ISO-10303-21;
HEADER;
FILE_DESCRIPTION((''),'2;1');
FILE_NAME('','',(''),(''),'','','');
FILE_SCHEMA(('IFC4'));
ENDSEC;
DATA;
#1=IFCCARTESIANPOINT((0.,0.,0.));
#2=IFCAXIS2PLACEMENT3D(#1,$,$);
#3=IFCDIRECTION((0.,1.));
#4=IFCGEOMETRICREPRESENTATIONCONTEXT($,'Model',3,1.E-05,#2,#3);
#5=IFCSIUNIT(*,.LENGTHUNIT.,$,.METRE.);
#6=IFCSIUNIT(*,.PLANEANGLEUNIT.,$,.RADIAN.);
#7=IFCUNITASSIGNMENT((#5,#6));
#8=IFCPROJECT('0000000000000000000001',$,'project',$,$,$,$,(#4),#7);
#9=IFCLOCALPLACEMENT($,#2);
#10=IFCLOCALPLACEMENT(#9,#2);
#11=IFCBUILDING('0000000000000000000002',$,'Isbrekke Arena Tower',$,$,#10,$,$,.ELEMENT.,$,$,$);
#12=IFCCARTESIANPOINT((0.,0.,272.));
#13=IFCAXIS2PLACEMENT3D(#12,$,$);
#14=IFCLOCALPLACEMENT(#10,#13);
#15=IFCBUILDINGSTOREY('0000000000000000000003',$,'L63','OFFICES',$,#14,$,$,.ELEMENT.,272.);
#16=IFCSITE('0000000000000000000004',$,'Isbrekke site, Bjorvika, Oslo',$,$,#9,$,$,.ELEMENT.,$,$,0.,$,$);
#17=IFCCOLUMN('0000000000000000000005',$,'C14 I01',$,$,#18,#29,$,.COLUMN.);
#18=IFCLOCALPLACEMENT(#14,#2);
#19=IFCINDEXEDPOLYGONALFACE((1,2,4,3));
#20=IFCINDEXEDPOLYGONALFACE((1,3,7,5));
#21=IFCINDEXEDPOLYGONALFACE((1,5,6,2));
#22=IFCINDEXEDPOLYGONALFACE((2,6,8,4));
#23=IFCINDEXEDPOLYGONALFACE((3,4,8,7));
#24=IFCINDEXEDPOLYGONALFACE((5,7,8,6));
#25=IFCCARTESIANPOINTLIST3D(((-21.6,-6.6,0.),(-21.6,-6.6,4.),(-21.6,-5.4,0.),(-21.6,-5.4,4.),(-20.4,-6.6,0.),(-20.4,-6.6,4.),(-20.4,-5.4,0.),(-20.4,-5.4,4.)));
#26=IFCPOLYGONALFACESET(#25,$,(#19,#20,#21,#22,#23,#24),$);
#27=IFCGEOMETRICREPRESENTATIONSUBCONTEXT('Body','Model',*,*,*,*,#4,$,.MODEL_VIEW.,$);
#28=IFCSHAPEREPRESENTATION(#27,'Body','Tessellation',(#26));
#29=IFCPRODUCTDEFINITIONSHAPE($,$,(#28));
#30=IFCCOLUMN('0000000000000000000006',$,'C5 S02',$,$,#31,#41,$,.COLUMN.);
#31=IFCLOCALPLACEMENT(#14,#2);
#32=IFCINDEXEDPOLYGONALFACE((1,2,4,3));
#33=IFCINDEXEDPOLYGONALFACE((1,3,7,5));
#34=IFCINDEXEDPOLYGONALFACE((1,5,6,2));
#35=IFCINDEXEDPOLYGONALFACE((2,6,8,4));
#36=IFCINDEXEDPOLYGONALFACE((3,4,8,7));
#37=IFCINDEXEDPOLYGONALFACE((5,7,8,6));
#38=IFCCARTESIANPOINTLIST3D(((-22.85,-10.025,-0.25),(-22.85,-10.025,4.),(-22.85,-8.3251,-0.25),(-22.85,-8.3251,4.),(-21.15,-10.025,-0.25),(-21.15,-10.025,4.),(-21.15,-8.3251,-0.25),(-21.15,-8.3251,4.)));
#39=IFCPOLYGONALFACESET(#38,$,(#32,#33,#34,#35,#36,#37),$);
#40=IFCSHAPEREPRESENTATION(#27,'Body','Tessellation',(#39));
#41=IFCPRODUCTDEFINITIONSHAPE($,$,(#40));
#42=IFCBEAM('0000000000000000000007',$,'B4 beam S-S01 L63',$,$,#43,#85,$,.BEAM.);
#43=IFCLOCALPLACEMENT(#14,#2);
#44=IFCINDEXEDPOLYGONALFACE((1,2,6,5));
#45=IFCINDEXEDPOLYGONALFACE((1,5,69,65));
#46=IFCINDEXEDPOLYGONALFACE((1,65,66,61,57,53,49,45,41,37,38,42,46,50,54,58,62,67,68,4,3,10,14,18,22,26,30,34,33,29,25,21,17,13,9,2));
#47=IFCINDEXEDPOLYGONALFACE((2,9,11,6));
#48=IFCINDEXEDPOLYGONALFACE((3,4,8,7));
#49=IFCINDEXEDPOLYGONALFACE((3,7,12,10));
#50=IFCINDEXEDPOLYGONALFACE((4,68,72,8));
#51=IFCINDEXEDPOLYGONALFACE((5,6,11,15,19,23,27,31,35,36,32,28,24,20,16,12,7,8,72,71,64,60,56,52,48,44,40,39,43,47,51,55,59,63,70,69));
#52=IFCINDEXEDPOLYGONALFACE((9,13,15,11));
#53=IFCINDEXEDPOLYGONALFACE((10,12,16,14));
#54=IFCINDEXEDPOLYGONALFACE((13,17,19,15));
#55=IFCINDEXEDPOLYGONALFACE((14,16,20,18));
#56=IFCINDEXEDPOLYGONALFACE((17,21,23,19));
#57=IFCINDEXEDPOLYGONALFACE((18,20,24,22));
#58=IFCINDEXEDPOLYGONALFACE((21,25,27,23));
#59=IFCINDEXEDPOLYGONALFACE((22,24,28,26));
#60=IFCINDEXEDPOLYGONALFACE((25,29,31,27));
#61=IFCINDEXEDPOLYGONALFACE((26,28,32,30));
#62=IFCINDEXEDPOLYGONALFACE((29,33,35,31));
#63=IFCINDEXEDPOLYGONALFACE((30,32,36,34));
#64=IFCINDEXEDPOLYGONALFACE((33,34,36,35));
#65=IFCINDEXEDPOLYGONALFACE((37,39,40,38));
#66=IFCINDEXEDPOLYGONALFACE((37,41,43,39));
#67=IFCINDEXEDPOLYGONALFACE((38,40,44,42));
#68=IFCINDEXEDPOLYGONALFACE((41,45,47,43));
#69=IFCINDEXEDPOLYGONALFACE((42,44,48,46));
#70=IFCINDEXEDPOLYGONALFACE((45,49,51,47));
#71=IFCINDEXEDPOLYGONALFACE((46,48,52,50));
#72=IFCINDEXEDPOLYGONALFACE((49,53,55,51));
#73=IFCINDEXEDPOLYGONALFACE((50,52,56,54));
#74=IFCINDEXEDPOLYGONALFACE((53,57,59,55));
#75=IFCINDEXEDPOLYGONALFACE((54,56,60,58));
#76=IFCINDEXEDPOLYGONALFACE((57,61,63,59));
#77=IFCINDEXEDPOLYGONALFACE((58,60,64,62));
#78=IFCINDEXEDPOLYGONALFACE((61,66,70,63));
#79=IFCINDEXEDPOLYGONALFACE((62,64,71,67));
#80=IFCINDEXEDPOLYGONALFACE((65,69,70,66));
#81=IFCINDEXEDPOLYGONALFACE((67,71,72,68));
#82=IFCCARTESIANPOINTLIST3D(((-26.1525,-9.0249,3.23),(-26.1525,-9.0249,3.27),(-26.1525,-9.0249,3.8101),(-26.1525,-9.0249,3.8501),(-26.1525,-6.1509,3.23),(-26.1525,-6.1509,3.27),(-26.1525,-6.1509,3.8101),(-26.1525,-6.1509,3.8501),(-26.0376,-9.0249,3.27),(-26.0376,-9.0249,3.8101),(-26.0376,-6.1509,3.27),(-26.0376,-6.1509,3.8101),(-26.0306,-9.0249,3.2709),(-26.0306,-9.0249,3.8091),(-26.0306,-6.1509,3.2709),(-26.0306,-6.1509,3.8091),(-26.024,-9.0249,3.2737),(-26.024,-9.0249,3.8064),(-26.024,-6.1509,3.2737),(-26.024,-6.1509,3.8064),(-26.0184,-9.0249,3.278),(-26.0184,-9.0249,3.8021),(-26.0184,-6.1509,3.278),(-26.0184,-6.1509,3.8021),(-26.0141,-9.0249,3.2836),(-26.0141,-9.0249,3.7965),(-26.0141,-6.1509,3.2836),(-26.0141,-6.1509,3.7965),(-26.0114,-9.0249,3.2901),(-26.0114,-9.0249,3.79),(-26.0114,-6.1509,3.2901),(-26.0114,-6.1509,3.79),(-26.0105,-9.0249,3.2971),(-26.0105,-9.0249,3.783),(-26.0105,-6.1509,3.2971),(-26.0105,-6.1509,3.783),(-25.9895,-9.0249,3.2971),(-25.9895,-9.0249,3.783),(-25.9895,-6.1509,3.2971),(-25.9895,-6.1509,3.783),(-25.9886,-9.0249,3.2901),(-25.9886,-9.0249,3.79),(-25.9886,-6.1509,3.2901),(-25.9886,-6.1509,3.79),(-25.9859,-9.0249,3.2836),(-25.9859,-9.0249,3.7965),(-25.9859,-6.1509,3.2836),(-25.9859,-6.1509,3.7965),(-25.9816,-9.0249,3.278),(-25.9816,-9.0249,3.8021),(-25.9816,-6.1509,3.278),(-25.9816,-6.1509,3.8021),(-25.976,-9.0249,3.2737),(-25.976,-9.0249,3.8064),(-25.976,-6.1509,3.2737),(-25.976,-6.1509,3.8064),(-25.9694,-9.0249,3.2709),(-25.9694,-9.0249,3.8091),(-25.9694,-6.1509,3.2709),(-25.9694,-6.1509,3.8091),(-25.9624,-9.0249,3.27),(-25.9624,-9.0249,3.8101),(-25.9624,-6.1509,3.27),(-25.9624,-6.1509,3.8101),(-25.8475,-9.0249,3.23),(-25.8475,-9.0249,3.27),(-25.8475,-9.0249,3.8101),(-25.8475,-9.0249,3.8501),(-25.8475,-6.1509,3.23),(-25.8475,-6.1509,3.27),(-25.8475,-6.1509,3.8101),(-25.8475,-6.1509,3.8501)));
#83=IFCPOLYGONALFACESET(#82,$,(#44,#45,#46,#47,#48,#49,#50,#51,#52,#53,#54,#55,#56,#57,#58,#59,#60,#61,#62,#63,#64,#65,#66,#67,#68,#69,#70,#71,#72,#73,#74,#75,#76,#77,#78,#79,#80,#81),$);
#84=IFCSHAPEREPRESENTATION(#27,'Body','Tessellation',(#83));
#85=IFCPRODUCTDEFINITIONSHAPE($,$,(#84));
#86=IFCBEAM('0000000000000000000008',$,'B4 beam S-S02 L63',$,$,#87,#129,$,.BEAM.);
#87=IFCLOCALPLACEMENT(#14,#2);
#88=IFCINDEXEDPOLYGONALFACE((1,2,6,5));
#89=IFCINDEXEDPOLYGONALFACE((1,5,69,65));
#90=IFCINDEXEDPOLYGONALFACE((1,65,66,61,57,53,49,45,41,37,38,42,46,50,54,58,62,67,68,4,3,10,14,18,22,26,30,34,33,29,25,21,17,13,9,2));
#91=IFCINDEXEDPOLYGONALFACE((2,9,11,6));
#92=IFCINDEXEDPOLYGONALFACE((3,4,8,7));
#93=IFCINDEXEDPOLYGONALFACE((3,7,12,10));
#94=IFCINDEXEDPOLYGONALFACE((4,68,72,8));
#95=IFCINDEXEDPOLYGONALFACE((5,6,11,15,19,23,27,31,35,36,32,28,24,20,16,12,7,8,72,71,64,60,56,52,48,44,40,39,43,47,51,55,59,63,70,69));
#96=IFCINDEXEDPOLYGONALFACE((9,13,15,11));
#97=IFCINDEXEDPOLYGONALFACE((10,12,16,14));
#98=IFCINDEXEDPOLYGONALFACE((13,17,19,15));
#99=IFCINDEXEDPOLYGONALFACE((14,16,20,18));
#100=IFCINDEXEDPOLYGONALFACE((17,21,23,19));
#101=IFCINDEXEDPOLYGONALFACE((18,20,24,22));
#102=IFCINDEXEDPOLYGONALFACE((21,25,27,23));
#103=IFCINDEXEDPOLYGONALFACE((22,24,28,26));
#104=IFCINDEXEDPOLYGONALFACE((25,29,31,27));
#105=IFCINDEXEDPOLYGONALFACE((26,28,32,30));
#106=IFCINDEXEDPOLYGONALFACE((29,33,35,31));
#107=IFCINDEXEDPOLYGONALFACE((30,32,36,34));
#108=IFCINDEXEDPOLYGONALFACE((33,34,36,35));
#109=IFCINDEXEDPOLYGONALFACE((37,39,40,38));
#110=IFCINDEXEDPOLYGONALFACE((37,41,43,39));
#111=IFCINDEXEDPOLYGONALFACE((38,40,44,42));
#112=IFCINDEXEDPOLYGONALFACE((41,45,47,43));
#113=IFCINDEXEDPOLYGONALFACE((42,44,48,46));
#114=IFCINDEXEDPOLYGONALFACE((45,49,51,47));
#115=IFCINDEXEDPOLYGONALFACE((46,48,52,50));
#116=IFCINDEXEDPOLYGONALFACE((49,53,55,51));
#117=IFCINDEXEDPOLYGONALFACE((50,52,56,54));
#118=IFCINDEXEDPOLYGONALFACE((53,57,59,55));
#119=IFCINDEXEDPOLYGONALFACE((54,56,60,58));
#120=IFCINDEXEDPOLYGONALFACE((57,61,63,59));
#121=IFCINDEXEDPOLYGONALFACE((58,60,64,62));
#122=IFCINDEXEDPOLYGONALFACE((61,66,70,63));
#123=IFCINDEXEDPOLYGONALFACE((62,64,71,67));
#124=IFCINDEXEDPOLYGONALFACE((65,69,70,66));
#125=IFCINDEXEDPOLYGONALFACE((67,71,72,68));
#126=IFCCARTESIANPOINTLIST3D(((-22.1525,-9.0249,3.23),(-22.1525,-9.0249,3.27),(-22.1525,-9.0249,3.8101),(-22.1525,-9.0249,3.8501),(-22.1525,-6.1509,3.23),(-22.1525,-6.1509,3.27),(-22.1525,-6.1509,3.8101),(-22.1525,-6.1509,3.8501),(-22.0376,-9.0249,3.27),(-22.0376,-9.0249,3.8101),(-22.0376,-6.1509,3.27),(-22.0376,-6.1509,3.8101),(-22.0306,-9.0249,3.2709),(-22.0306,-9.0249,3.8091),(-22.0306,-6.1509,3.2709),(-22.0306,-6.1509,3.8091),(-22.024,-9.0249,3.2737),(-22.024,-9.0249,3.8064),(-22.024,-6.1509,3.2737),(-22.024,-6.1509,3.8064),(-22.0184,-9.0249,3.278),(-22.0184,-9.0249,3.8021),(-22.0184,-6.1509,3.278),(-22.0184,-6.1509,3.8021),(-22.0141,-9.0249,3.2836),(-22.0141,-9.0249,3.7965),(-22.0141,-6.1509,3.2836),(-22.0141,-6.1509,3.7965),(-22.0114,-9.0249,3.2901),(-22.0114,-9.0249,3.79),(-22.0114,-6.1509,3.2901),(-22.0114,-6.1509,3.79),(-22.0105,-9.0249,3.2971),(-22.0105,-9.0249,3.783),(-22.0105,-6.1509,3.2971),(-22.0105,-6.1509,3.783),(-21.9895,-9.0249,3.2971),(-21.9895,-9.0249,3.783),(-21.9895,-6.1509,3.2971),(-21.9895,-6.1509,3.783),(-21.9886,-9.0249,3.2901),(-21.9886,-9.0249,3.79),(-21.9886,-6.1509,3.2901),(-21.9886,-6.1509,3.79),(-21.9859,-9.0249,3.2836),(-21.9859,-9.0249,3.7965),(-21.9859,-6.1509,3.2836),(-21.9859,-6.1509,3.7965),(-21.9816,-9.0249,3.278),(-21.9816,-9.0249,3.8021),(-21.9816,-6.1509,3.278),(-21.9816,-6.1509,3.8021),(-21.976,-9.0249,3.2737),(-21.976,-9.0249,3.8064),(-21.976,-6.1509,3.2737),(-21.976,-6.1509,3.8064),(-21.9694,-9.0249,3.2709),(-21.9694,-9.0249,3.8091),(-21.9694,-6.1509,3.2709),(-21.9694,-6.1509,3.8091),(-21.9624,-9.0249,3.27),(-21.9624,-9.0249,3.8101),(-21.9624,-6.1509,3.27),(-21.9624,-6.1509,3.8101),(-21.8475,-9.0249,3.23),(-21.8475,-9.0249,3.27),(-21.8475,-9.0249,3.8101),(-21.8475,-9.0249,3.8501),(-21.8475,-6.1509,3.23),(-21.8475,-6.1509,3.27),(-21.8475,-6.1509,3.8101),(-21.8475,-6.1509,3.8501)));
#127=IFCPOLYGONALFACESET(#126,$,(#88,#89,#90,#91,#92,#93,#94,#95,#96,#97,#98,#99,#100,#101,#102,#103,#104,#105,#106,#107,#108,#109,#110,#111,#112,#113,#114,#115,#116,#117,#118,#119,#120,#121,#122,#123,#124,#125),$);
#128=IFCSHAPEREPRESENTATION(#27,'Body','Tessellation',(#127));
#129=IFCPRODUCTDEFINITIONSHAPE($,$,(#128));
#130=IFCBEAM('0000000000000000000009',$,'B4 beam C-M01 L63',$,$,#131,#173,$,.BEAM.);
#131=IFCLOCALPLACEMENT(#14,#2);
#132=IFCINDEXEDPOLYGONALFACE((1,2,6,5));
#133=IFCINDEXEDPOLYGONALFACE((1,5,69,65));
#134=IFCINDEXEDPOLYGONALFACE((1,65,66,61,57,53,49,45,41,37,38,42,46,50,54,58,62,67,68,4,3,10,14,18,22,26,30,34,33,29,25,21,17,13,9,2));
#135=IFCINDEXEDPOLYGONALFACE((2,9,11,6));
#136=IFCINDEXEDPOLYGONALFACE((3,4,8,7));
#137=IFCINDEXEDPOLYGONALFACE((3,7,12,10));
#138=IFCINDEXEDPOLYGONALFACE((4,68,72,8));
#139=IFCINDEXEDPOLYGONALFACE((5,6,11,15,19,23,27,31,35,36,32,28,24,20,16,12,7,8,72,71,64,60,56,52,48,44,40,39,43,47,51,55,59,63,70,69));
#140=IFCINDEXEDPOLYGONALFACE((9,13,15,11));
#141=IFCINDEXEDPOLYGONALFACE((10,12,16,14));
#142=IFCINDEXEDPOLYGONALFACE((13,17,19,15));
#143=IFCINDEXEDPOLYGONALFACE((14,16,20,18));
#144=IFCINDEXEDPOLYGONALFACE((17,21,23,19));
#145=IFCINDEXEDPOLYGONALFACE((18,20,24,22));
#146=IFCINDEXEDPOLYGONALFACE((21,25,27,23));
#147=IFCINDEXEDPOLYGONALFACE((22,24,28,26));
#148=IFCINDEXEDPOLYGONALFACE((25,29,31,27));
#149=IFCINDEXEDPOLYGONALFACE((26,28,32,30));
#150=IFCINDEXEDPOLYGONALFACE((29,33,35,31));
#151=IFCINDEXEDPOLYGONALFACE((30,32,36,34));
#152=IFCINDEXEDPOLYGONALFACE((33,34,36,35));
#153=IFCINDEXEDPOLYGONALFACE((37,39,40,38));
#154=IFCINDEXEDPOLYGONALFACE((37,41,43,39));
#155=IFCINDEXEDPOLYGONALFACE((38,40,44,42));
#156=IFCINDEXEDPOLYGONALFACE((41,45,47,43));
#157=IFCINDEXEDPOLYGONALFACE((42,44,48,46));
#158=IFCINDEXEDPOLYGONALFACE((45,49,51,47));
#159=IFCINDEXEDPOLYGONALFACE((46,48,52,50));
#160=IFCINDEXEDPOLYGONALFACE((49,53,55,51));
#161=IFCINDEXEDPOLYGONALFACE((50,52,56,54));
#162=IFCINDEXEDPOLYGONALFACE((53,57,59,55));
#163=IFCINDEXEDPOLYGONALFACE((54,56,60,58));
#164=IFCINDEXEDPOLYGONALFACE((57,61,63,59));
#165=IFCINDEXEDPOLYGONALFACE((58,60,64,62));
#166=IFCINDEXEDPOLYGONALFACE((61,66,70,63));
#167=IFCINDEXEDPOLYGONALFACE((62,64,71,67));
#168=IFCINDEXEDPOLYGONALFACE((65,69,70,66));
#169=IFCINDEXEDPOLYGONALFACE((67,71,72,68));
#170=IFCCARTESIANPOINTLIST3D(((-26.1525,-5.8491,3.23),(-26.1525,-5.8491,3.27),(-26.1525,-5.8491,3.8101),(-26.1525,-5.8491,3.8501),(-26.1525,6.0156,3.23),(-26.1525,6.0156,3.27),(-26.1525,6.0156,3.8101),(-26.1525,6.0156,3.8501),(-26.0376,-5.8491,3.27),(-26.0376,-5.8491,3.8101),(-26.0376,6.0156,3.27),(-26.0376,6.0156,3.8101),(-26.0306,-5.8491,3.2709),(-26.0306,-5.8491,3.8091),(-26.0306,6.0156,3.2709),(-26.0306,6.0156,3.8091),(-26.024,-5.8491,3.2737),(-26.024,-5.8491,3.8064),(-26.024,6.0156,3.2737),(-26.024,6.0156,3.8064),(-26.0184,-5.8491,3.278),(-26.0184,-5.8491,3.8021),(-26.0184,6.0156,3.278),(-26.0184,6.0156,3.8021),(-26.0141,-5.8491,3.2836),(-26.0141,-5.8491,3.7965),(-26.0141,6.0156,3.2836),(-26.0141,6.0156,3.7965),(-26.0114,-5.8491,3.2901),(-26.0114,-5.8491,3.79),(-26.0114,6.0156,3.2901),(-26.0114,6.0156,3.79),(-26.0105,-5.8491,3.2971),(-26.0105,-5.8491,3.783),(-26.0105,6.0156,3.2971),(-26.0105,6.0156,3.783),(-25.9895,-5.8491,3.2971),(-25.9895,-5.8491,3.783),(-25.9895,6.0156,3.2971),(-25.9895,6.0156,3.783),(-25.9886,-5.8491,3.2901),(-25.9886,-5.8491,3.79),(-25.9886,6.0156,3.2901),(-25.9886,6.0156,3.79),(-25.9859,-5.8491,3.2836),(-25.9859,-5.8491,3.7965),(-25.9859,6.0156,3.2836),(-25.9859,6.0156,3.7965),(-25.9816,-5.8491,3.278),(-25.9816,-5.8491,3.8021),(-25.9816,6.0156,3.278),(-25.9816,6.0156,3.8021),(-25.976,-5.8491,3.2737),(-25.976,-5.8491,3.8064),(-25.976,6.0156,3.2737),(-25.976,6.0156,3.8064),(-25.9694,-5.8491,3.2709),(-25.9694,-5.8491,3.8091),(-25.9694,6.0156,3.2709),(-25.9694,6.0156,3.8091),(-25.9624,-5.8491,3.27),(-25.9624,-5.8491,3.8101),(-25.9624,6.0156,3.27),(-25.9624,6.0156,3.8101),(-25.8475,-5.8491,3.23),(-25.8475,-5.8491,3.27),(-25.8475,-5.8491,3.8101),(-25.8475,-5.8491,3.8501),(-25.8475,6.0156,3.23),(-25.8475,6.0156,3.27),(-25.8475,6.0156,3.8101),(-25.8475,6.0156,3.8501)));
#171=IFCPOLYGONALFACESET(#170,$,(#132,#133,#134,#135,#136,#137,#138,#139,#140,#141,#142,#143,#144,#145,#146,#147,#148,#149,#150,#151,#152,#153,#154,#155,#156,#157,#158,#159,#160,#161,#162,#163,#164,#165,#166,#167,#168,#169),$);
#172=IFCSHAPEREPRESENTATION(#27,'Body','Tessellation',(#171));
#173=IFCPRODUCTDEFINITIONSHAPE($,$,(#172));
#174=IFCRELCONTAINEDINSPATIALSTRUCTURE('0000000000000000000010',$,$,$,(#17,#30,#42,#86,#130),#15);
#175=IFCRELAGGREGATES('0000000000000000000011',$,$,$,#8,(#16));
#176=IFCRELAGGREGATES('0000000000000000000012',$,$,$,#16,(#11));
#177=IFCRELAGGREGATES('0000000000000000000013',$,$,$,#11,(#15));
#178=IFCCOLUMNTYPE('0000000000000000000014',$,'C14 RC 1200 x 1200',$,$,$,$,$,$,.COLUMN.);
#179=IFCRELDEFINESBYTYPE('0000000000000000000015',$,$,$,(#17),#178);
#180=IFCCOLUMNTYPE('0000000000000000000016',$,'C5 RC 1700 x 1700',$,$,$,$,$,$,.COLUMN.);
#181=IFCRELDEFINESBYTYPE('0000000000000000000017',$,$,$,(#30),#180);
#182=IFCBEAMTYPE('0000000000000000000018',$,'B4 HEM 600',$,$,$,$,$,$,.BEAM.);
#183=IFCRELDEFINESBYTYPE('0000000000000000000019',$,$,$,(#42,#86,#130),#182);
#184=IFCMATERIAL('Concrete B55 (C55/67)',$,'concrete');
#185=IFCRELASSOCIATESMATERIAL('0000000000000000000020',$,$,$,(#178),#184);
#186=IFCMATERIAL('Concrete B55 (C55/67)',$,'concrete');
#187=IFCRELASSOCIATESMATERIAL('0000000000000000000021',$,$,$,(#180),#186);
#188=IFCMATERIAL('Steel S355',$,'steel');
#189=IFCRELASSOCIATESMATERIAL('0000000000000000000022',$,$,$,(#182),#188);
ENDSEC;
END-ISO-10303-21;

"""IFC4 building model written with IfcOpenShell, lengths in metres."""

from ifc_helpers import new_model, si_unit, direction, frame, origin, origin_2d, place, context, subcontext, project, spatial, rectangle, i_section, extrude, material, material_profile, profile_set, type_object, element, save


model = new_model("IFC4")

# Units and contexts
model_context = context("Model", 3, precision=1e-05, world=origin(), true_north=direction((0.0, 1.0)))
body_context = subcontext(model_context, "Body", "Model", "MODEL_VIEW")
ifc_project = project(units=[si_unit("LENGTHUNIT", "METRE"), si_unit("PLANEANGLEUNIT", "RADIAN")], contexts=[model_context])

# Site, building, storey
site_placement = place(None, origin())
site = spatial("IfcSite", under=ifc_project, at=site_placement, Name="Isbrekke site, Bjorvika, Oslo", CompositionType="ELEMENT", RefElevation=0.0)
building_placement = place(site_placement, origin())
building = spatial("IfcBuilding", under=site, at=building_placement, Name="Isbrekke Arena Tower", CompositionType="ELEMENT")
storey_placement = place(building_placement, frame((0.0, 0.0, 272.0)))
storey = spatial("IfcBuildingStorey", under=building, at=storey_placement, Name="L63", Description="OFFICES", CompositionType="ELEMENT", Elevation=272.0)

# Columns
ifc_material_1 = material(Name="Concrete B55 (C55/67)", Category="concrete")
ifc_material_profile_1 = material_profile(ifc_material_1, rectangle(XDim=1.2, YDim=1.2, at=origin_2d()), Name="RC 1200x1200")
ifc_profile_set_1 = profile_set([ifc_material_profile_1], Name="Concrete B55 (C55/67)")
column_type_1 = type_object("IfcColumnType", Name="C14 RC 1200 x 1200", PredefinedType="COLUMN", material=ifc_profile_set_1)
column_1_placement = place(storey_placement, frame((-21.0, -6.0, 0.0), z_axis=(0.0, 0.0, 1.0), x_axis=(1.0, 0.0, 0.0)))
element("IfcColumn", 1, at=column_1_placement, inside=storey, type_object=column_type_1, Name="C14 I01", PredefinedType="COLUMN", context=body_context, shape_type="SweptSolid", body=[
    extrude(rectangle(XDim=1.2, YDim=1.2, at=origin_2d()), origin(), (0.0, 0.0, 1.0), 4.0),
])
ifc_material_2 = material(Name="Concrete B55 (C55/67)", Category="concrete")
ifc_material_profile_2 = material_profile(ifc_material_2, rectangle(XDim=1.7, YDim=1.7, at=origin_2d()), Name="RC 1700x1700")
ifc_profile_set_2 = profile_set([ifc_material_profile_2], Name="Concrete B55 (C55/67)")
column_type_2 = type_object("IfcColumnType", Name="C5 RC 1700 x 1700", PredefinedType="COLUMN", material=ifc_profile_set_2)
column_2_placement = place(storey_placement, frame((-22.0, -9.175, -0.25), z_axis=(0.0, 0.0, 1.0), x_axis=(1.0, 0.0, 0.0)))
element("IfcColumn", 2, at=column_2_placement, inside=storey, type_object=column_type_2, Name="C5 S02", PredefinedType="COLUMN", context=body_context, shape_type="SweptSolid", body=[
    extrude(rectangle(XDim=1.7, YDim=1.7, at=origin_2d()), origin(), (0.0, 0.0, 1.0), 4.25),
])

# Beams
ifc_material_3 = material(Name="Steel S355", Category="steel")
ifc_material_profile_3 = material_profile(ifc_material_3, i_section(OverallWidth=0.3049, OverallDepth=0.6201, WebThickness=0.021, FlangeThickness=0.04, FilletRadius=0.0271, at=origin_2d()), Name="HEM 600")
ifc_profile_set_3 = profile_set([ifc_material_profile_3], Name="Steel S355")
beam_type_1 = type_object("IfcBeamType", Name="B4 HEM 600", PredefinedType="BEAM", material=ifc_profile_set_3)
for number, where, z_axis, x_axis, name in (
    (3, (-26.0, -9.0249, 3.54), (0.0, 1.0, 0.0), (-1.0, 0.0, 0.0), "B4 beam S-S01 L63"),
    (4, (-22.0, -9.0249, 3.54), (0.0, 1.0, 0.0), (-1.0, 0.0, 0.0), "B4 beam S-S02 L63"),
):
    element("IfcBeam", number, at=place(storey_placement, frame(where, z_axis=z_axis, x_axis=x_axis)), inside=storey, type_object=beam_type_1, Name=name, PredefinedType="BEAM", context=body_context, shape_type="SweptSolid", body=[
        extrude(i_section(OverallWidth=0.3049, OverallDepth=0.6201, WebThickness=0.021, FlangeThickness=0.04, FilletRadius=0.0271, at=origin_2d()), origin(), (0.0, 0.0, 1.0), 2.874),
    ])
beam_1_placement = place(storey_placement, frame((-26.0, -5.8491, 3.54), z_axis=(0.0, 1.0, 0.0), x_axis=(-1.0, 0.0, 0.0)))
element("IfcBeam", 5, at=beam_1_placement, inside=storey, type_object=beam_type_1, Name="B4 beam C-M01 L63", PredefinedType="BEAM", context=body_context, shape_type="SweptSolid", body=[
    extrude(i_section(OverallWidth=0.3049, OverallDepth=0.6201, WebThickness=0.021, FlangeThickness=0.04, FilletRadius=0.0271, at=origin_2d()), origin(), (0.0, 0.0, 1.0), 11.8647),
])

save(model, "model.ifc")
